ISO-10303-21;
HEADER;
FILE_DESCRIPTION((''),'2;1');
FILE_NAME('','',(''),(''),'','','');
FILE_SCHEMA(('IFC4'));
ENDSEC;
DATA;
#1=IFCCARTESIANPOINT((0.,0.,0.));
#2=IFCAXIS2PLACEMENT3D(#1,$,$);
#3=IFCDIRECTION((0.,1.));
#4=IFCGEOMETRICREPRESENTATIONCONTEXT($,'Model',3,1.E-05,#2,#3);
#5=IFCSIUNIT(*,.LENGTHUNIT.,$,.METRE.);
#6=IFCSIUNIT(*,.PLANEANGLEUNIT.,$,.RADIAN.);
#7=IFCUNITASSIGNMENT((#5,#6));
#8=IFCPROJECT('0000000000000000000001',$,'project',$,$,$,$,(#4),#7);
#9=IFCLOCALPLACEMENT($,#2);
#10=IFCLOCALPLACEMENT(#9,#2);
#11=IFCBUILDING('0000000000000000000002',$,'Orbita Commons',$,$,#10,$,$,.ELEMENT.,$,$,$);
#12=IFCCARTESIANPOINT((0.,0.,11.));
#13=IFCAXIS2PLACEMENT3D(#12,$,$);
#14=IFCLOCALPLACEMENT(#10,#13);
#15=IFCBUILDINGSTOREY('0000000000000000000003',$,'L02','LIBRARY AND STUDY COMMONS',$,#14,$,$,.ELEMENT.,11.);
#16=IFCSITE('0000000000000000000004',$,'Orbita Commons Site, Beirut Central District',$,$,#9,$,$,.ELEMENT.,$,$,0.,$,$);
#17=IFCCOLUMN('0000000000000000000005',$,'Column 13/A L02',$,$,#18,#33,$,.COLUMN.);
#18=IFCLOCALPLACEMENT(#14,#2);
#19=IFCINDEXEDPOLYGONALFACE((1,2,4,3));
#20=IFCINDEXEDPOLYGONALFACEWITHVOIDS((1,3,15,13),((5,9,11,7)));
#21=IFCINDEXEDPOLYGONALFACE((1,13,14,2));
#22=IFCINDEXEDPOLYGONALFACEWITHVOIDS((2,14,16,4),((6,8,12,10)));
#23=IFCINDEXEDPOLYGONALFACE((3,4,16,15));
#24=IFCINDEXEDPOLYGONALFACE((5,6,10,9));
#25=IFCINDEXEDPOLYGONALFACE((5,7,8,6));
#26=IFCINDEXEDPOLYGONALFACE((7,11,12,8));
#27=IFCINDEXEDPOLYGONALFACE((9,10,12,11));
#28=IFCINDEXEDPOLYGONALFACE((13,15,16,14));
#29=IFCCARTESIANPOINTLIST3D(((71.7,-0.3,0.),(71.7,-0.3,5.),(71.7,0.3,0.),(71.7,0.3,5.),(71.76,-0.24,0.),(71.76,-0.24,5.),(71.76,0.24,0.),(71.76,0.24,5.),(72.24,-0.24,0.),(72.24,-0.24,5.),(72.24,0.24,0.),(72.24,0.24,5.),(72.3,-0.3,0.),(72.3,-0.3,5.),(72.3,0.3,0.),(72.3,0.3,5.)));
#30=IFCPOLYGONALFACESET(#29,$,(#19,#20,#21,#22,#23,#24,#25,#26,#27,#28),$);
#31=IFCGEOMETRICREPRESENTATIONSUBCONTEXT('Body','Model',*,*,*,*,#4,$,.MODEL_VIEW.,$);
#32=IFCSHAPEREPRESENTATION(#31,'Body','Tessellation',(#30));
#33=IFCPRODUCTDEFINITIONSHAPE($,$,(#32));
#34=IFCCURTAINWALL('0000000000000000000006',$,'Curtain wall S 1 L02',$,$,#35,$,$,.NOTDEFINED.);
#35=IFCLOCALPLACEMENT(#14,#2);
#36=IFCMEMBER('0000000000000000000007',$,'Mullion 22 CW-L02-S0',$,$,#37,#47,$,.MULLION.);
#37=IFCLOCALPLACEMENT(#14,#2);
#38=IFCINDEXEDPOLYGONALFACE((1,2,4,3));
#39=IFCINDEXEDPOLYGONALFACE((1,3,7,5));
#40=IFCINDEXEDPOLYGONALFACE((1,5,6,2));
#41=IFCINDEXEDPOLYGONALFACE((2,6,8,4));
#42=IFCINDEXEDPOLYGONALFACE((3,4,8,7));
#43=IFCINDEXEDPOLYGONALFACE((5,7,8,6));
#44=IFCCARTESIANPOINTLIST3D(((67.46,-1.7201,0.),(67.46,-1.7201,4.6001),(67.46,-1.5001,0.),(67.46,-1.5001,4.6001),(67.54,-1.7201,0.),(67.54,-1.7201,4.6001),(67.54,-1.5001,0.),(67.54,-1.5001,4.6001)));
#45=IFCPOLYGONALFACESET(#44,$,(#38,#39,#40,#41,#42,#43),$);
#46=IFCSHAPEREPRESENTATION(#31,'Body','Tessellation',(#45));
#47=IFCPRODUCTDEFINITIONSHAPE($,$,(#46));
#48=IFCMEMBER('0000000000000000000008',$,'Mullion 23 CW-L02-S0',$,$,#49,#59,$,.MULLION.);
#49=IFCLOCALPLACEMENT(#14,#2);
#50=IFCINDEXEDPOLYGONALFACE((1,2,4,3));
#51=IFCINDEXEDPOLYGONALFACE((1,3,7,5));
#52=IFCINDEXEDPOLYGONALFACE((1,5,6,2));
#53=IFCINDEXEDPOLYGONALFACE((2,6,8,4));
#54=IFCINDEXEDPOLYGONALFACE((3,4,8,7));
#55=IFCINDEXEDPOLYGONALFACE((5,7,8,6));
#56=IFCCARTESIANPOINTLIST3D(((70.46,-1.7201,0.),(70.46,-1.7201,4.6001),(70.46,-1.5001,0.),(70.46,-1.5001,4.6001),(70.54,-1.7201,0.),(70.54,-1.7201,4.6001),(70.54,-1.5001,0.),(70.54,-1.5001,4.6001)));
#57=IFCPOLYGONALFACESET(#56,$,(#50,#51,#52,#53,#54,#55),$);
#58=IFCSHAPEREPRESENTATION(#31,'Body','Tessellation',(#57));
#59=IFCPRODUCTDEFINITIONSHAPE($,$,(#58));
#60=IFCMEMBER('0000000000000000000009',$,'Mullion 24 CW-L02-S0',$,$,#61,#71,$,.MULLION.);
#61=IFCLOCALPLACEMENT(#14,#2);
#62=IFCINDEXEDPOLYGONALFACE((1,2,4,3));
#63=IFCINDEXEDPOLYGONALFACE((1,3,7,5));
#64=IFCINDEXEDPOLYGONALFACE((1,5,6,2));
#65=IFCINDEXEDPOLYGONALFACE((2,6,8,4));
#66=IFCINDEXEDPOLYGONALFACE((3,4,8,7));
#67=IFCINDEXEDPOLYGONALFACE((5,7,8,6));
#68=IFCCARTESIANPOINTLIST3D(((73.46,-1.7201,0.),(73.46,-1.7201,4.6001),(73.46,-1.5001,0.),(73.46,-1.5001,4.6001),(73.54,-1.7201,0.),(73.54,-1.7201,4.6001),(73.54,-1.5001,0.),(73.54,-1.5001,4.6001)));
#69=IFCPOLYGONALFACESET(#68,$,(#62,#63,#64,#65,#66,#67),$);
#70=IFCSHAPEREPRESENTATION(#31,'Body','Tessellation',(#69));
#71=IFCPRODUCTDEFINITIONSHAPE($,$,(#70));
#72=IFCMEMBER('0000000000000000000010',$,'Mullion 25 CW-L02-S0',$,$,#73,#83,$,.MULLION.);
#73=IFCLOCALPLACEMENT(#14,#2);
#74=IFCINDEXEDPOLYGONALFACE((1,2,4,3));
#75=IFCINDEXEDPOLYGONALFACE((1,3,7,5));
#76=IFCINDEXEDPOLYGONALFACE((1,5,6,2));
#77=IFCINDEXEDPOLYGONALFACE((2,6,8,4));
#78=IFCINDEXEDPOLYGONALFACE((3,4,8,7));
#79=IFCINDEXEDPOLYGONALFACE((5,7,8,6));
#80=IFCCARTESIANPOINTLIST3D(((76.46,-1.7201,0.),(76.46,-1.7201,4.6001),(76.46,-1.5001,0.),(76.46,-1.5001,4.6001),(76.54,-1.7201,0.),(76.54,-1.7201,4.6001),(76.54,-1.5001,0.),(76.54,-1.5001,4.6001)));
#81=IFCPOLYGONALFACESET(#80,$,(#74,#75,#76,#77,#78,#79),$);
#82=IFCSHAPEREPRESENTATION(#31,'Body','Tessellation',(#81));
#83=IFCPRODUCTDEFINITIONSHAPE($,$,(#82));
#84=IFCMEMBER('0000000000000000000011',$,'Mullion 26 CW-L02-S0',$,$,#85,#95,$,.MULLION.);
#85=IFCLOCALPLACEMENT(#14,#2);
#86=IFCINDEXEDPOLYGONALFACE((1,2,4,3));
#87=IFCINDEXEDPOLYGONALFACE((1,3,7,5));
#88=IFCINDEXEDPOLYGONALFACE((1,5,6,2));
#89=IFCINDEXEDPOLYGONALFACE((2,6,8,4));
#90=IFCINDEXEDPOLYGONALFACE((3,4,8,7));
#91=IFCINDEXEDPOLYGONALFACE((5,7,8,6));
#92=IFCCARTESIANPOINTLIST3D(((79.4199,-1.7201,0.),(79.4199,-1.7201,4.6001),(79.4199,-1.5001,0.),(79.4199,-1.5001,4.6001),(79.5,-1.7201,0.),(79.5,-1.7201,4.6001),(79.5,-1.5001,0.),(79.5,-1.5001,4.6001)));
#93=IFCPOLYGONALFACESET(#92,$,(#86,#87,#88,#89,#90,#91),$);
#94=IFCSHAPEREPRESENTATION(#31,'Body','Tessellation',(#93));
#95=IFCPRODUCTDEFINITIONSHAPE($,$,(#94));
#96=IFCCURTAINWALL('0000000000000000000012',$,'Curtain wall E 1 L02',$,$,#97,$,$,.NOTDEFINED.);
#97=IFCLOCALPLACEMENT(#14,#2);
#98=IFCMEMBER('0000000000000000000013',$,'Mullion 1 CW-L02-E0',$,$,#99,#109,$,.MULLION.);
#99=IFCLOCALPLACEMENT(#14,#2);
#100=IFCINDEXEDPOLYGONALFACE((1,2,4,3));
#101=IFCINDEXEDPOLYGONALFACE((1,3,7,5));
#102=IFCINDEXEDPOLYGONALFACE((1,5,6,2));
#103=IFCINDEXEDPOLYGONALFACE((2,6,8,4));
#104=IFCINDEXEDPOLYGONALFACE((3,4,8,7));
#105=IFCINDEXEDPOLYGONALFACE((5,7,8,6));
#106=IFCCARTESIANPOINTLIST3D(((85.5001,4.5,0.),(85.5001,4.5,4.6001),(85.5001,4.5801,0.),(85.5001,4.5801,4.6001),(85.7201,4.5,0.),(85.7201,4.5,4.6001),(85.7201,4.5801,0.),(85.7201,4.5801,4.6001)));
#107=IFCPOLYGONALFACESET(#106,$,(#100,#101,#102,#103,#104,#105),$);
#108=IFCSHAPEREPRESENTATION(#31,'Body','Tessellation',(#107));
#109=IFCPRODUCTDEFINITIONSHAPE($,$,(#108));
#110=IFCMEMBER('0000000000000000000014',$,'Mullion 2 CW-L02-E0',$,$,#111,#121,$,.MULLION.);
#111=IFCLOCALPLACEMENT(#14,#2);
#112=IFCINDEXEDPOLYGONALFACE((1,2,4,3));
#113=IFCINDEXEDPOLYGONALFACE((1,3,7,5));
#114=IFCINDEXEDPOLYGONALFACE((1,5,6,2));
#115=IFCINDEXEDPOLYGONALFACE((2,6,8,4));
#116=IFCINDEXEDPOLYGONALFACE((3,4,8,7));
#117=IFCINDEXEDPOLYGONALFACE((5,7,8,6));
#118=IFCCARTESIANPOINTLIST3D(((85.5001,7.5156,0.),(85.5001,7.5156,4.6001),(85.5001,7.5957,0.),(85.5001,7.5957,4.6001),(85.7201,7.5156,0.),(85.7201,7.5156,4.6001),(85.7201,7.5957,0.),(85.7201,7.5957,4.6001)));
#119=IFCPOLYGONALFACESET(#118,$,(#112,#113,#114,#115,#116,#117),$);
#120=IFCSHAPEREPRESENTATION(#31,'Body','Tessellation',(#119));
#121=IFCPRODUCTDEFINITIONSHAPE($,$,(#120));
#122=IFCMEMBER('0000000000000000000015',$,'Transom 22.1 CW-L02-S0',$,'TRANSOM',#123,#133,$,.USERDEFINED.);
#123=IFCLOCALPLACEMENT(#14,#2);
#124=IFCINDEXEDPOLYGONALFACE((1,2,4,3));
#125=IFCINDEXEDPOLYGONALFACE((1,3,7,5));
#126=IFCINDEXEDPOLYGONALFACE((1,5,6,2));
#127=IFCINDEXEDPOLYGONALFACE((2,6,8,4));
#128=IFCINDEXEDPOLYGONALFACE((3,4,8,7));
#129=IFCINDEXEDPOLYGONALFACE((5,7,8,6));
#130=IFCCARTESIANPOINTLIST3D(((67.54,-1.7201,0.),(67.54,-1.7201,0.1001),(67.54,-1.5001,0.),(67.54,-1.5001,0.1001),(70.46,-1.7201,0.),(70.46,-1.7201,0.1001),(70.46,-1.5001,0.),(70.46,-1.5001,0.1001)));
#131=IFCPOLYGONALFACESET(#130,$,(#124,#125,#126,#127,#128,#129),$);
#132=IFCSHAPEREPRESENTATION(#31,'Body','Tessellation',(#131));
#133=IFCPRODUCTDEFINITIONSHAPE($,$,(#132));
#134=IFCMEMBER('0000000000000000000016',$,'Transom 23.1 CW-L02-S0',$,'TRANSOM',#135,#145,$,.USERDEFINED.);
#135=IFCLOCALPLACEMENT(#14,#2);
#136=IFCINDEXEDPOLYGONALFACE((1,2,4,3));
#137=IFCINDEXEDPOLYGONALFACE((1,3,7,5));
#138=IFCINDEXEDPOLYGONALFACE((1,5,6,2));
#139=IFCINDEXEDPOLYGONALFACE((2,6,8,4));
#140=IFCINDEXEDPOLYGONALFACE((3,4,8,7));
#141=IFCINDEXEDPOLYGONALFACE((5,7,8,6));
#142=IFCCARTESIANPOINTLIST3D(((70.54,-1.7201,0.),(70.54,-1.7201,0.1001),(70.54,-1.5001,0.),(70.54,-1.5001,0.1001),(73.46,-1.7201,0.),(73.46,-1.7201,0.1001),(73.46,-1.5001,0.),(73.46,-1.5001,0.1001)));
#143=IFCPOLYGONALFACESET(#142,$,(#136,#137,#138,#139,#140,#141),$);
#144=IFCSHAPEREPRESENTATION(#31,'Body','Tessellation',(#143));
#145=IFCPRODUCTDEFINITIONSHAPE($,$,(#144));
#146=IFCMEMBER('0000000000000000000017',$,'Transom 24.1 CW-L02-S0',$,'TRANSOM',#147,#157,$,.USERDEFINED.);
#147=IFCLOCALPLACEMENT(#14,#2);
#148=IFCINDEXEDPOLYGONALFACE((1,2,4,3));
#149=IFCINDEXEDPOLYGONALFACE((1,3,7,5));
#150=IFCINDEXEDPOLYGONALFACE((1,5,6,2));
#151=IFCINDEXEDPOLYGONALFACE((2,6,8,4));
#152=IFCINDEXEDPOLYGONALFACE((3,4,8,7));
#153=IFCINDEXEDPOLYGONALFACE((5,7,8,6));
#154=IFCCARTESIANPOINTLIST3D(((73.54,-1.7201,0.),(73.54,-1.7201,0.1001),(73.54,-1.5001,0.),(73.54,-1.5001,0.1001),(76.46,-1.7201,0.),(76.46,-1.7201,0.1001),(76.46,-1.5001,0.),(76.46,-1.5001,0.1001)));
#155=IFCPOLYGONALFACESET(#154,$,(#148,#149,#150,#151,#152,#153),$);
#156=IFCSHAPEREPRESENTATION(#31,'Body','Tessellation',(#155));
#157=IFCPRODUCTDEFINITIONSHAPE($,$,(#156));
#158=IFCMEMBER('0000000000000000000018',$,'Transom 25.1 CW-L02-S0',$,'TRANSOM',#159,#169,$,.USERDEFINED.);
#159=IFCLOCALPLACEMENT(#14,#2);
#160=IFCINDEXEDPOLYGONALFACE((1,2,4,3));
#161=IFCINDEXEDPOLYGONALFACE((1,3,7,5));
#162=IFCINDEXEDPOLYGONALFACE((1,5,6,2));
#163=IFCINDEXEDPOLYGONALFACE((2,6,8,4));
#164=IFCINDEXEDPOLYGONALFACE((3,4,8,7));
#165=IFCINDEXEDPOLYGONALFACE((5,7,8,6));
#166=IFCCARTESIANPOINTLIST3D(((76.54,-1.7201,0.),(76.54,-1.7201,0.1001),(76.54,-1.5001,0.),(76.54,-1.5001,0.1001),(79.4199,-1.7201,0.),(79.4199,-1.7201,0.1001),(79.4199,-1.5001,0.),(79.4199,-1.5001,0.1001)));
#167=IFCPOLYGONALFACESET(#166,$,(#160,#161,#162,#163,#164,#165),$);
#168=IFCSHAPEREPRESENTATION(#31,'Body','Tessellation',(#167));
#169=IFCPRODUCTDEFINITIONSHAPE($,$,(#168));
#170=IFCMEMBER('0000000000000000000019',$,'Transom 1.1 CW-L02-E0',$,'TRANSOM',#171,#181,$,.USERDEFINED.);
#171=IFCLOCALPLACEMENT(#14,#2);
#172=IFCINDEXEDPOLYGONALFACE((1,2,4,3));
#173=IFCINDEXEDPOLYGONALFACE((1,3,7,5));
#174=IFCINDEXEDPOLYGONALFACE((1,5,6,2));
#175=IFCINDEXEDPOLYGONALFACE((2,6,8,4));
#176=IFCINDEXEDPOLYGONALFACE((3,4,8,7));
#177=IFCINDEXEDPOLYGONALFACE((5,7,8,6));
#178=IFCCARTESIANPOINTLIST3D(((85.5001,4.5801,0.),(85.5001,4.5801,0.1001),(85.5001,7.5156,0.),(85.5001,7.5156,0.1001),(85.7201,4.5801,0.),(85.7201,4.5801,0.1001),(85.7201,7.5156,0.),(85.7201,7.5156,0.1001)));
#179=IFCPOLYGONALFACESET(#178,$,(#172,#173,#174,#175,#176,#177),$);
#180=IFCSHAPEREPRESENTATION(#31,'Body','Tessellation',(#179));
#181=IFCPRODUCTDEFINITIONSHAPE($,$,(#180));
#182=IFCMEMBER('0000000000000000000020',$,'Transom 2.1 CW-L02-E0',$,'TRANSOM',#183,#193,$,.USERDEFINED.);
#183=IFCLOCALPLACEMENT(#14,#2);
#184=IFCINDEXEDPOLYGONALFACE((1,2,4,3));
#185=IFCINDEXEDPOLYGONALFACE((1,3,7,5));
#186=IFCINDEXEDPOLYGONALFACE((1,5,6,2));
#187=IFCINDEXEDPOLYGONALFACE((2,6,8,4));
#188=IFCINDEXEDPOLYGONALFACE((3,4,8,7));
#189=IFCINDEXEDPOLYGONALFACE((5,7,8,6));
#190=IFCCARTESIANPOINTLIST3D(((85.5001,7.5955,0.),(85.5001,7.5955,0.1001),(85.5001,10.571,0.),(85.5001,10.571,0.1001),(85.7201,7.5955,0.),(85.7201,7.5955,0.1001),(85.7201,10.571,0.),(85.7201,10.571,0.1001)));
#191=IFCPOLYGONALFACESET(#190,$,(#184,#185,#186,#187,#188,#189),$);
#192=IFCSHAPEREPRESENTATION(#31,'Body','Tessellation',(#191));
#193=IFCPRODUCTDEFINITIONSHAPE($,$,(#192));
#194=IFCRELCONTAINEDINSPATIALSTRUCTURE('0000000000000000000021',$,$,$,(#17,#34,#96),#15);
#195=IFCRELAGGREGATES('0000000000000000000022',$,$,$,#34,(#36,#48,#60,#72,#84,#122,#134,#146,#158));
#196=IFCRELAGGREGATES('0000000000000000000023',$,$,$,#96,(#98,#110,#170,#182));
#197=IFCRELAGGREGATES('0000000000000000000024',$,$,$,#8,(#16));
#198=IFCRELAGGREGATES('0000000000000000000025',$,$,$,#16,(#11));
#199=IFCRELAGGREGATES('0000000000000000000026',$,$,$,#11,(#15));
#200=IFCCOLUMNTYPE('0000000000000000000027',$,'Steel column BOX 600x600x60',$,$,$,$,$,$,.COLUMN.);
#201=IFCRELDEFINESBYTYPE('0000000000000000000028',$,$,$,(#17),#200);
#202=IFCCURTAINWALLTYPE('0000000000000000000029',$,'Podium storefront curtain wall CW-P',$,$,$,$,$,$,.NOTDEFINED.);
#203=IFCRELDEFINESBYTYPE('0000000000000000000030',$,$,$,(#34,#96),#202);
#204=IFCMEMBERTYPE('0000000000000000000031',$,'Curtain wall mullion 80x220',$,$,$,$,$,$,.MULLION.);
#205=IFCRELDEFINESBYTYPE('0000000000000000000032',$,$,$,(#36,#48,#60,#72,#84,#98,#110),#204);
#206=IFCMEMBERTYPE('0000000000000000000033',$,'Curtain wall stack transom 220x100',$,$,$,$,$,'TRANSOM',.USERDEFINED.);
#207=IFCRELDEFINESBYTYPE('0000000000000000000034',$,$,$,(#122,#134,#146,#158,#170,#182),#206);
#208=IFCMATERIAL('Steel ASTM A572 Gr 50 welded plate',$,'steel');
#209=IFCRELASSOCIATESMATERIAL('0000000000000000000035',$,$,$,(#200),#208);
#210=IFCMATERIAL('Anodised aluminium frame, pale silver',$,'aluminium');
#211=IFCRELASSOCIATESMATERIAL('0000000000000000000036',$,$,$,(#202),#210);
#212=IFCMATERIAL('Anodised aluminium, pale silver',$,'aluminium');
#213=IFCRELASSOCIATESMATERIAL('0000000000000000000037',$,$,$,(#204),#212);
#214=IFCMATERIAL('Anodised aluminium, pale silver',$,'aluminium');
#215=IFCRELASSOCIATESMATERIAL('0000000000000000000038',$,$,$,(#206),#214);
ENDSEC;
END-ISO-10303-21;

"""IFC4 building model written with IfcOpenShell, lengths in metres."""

from ifc_helpers import new_model, si_unit, direction, frame, origin, origin_2d, place, context, subcontext, project, spatial, rectangle, hollow_rectangle, extrude, material, material_profile, profile_set, type_object, element, aggregate, save


model = new_model("IFC4")

# Units and contexts
model_context = context("Model", 3, precision=1e-05, world=origin(), true_north=direction((0.0, 1.0)))
body_context = subcontext(model_context, "Body", "Model", "MODEL_VIEW")
ifc_project = project(units=[si_unit("LENGTHUNIT", "METRE"), si_unit("PLANEANGLEUNIT", "RADIAN")], contexts=[model_context])

# Site, building, storey
site_placement = place(None, origin())
site = spatial("IfcSite", under=ifc_project, at=site_placement, Name="Orbita Commons Site, Beirut Central District", CompositionType="ELEMENT", RefElevation=0.0)
building_placement = place(site_placement, origin())
building = spatial("IfcBuilding", under=site, at=building_placement, Name="Orbita Commons", CompositionType="ELEMENT")
storey_placement = place(building_placement, frame((0.0, 0.0, 11.0)))
storey = spatial("IfcBuildingStorey", under=building, at=storey_placement, Name="L02", Description="LIBRARY AND STUDY COMMONS", CompositionType="ELEMENT", Elevation=11.0)

# Column
ifc_material_1 = material(Name="Steel ASTM A572 Gr 50 welded plate", Category="steel")
ifc_material_profile_1 = material_profile(ifc_material_1, hollow_rectangle(XDim=0.6001, YDim=0.6001, WallThickness=0.0601, at=origin_2d()), Name="BOX 600x600x60")
ifc_profile_set_1 = profile_set([ifc_material_profile_1], Name="Steel ASTM A572 Gr 50 welded plate")
column_type = type_object("IfcColumnType", Name="Steel column BOX 600x600x60", PredefinedType="COLUMN", material=ifc_profile_set_1)
column_placement = place(storey_placement, frame((72.0, 0.0, 0.0), z_axis=(0.0, 0.0, 1.0), x_axis=(1.0, 0.0, 0.0)))
element("IfcColumn", 1, at=column_placement, inside=storey, type_object=column_type, Name="Column 13/A L02", PredefinedType="COLUMN", context=body_context, shape_type="SweptSolid", body=[
    extrude(hollow_rectangle(XDim=0.6001, YDim=0.6001, WallThickness=0.0601, at=origin_2d()), origin(), (0.0, 0.0, 1.0), 5.0),
])

# Curtain walls, members
ifc_material_2 = material(Name="Anodised aluminium frame, pale silver", Category="aluminium")
curtain_wall_type = type_object("IfcCurtainWallType", Name="Podium storefront curtain wall CW-P", PredefinedType="NOTDEFINED", material=ifc_material_2)
curtain_wall_1_placement = place(storey_placement, origin())
curtain_wall_1 = element("IfcCurtainWall", 2, at=curtain_wall_1_placement, inside=storey, type_object=curtain_wall_type, Name="Curtain wall S 1 L02", PredefinedType="NOTDEFINED")
ifc_material_3 = material(Name="Anodised aluminium, pale silver", Category="aluminium")
ifc_material_profile_2 = material_profile(ifc_material_3, rectangle(XDim=0.0801, YDim=0.22, at=origin_2d()), Name="AL 80x220")
ifc_profile_set_2 = profile_set([ifc_material_profile_2], Name="Anodised aluminium, pale silver")
member_type_1 = type_object("IfcMemberType", Name="Curtain wall mullion 80x220", PredefinedType="MULLION", material=ifc_profile_set_2)
member_1_placement = place(storey_placement, frame((67.5, -1.6101, 0.0), z_axis=(0.0, 0.0, 1.0), x_axis=(1.0, 0.0, 0.0)))
member_1 = element("IfcMember", 3, at=member_1_placement, type_object=member_type_1, Name="Mullion 22 CW-L02-S0", PredefinedType="MULLION", context=body_context, shape_type="SweptSolid", body=[
    extrude(rectangle(XDim=0.0801, YDim=0.22, at=origin_2d()), origin(), (0.0, 0.0, 1.0), 4.6001),
])
member_2_placement = place(storey_placement, frame((70.5, -1.6101, 0.0), z_axis=(0.0, 0.0, 1.0), x_axis=(1.0, 0.0, 0.0)))
member_2 = element("IfcMember", 4, at=member_2_placement, type_object=member_type_1, Name="Mullion 23 CW-L02-S0", PredefinedType="MULLION", context=body_context, shape_type="SweptSolid", body=[
    extrude(rectangle(XDim=0.0801, YDim=0.22, at=origin_2d()), origin(), (0.0, 0.0, 1.0), 4.6001),
])
member_3_placement = place(storey_placement, frame((73.5, -1.6101, 0.0), z_axis=(0.0, 0.0, 1.0), x_axis=(1.0, 0.0, 0.0)))
member_3 = element("IfcMember", 5, at=member_3_placement, type_object=member_type_1, Name="Mullion 24 CW-L02-S0", PredefinedType="MULLION", context=body_context, shape_type="SweptSolid", body=[
    extrude(rectangle(XDim=0.0801, YDim=0.22, at=origin_2d()), origin(), (0.0, 0.0, 1.0), 4.6001),
])
member_4_placement = place(storey_placement, frame((76.5, -1.6101, 0.0), z_axis=(0.0, 0.0, 1.0), x_axis=(1.0, 0.0, 0.0)))
member_4 = element("IfcMember", 6, at=member_4_placement, type_object=member_type_1, Name="Mullion 25 CW-L02-S0", PredefinedType="MULLION", context=body_context, shape_type="SweptSolid", body=[
    extrude(rectangle(XDim=0.0801, YDim=0.22, at=origin_2d()), origin(), (0.0, 0.0, 1.0), 4.6001),
])
member_5_placement = place(storey_placement, frame((79.46, -1.6101, 0.0), z_axis=(0.0, 0.0, 1.0), x_axis=(1.0, 0.0, 0.0)))
member_5 = element("IfcMember", 7, at=member_5_placement, type_object=member_type_1, Name="Mullion 26 CW-L02-S0", PredefinedType="MULLION", context=body_context, shape_type="SweptSolid", body=[
    extrude(rectangle(XDim=0.0801, YDim=0.22, at=origin_2d()), origin(), (0.0, 0.0, 1.0), 4.6001),
])
curtain_wall_2_placement = place(storey_placement, origin())
curtain_wall_2 = element("IfcCurtainWall", 8, at=curtain_wall_2_placement, inside=storey, type_object=curtain_wall_type, Name="Curtain wall E 1 L02", PredefinedType="NOTDEFINED")
member_6_placement = place(storey_placement, frame((85.6101, 4.54, 0.0), z_axis=(0.0, 0.0, 1.0), x_axis=(0.0, 1.0, 0.0)))
member_6 = element("IfcMember", 9, at=member_6_placement, type_object=member_type_1, Name="Mullion 1 CW-L02-E0", PredefinedType="MULLION", context=body_context, shape_type="SweptSolid", body=[
    extrude(rectangle(XDim=0.0801, YDim=0.22, at=origin_2d()), origin(), (0.0, 0.0, 1.0), 4.6001),
])
member_7_placement = place(storey_placement, frame((85.6101, 7.5557, 0.0), z_axis=(0.0, 0.0, 1.0), x_axis=(0.0, 1.0, 0.0)))
member_7 = element("IfcMember", 10, at=member_7_placement, type_object=member_type_1, Name="Mullion 2 CW-L02-E0", PredefinedType="MULLION", context=body_context, shape_type="SweptSolid", body=[
    extrude(rectangle(XDim=0.0801, YDim=0.22, at=origin_2d()), origin(), (0.0, 0.0, 1.0), 4.6001),
])

# Members
ifc_material_4 = material(Name="Anodised aluminium, pale silver", Category="aluminium")
ifc_material_profile_3 = material_profile(ifc_material_4, rectangle(XDim=0.22, YDim=0.1001, at=origin_2d()), Name="AL 220x100")
ifc_profile_set_3 = profile_set([ifc_material_profile_3], Name="Anodised aluminium, pale silver")
member_type_2 = type_object("IfcMemberType", Name="Curtain wall stack transom 220x100", ElementType="TRANSOM", PredefinedType="USERDEFINED", material=ifc_profile_set_3)
member_8_placement = place(storey_placement, frame((67.54, -1.6101, 0.05), z_axis=(1.0, 0.0, 0.0), x_axis=(0.0, 1.0, 0.0)))
member_8 = element("IfcMember", 11, at=member_8_placement, type_object=member_type_2, Name="Transom 22.1 CW-L02-S0", ObjectType="TRANSOM", PredefinedType="USERDEFINED", context=body_context, shape_type="SweptSolid", body=[
    extrude(rectangle(XDim=0.22, YDim=0.1001, at=origin_2d()), origin(), (0.0, 0.0, 1.0), 2.9199),
])
member_9_placement = place(storey_placement, frame((70.54, -1.6101, 0.05), z_axis=(1.0, 0.0, 0.0), x_axis=(0.0, 1.0, 0.0)))
member_9 = element("IfcMember", 12, at=member_9_placement, type_object=member_type_2, Name="Transom 23.1 CW-L02-S0", ObjectType="TRANSOM", PredefinedType="USERDEFINED", context=body_context, shape_type="SweptSolid", body=[
    extrude(rectangle(XDim=0.22, YDim=0.1001, at=origin_2d()), origin(), (0.0, 0.0, 1.0), 2.9199),
])
member_10_placement = place(storey_placement, frame((73.54, -1.6101, 0.05), z_axis=(1.0, 0.0, 0.0), x_axis=(0.0, 1.0, 0.0)))
member_10 = element("IfcMember", 13, at=member_10_placement, type_object=member_type_2, Name="Transom 24.1 CW-L02-S0", ObjectType="TRANSOM", PredefinedType="USERDEFINED", context=body_context, shape_type="SweptSolid", body=[
    extrude(rectangle(XDim=0.22, YDim=0.1001, at=origin_2d()), origin(), (0.0, 0.0, 1.0), 2.9199),
])
member_11_placement = place(storey_placement, frame((76.54, -1.6101, 0.05), z_axis=(1.0, 0.0, 0.0), x_axis=(0.0, 1.0, 0.0)))
member_11 = element("IfcMember", 14, at=member_11_placement, type_object=member_type_2, Name="Transom 25.1 CW-L02-S0", ObjectType="TRANSOM", PredefinedType="USERDEFINED", context=body_context, shape_type="SweptSolid", body=[
    extrude(rectangle(XDim=0.22, YDim=0.1001, at=origin_2d()), origin(), (0.0, 0.0, 1.0), 2.8799),
])
member_12_placement = place(storey_placement, frame((85.6101, 4.5801, 0.05), z_axis=(0.0, 1.0, 0.0), x_axis=(-1.0, 0.0, 0.0)))
member_12 = element("IfcMember", 15, at=member_12_placement, type_object=member_type_2, Name="Transom 1.1 CW-L02-E0", ObjectType="TRANSOM", PredefinedType="USERDEFINED", context=body_context, shape_type="SweptSolid", body=[
    extrude(rectangle(XDim=0.22, YDim=0.1001, at=origin_2d()), origin(), (0.0, 0.0, 1.0), 2.9355),
])
member_13_placement = place(storey_placement, frame((85.6101, 7.5955, 0.05), z_axis=(0.0, 1.0, 0.0), x_axis=(-1.0, 0.0, 0.0)))
member_13 = element("IfcMember", 16, at=member_13_placement, type_object=member_type_2, Name="Transom 2.1 CW-L02-E0", ObjectType="TRANSOM", PredefinedType="USERDEFINED", context=body_context, shape_type="SweptSolid", body=[
    extrude(rectangle(XDim=0.22, YDim=0.1001, at=origin_2d()), origin(), (0.0, 0.0, 1.0), 2.9756),
])

aggregate(curtain_wall_1, [member_1, member_2, member_3, member_4, member_5, member_8, member_9, member_10, member_11])
aggregate(curtain_wall_2, [member_6, member_7, member_12, member_13])

save(model, "model.ifc")
